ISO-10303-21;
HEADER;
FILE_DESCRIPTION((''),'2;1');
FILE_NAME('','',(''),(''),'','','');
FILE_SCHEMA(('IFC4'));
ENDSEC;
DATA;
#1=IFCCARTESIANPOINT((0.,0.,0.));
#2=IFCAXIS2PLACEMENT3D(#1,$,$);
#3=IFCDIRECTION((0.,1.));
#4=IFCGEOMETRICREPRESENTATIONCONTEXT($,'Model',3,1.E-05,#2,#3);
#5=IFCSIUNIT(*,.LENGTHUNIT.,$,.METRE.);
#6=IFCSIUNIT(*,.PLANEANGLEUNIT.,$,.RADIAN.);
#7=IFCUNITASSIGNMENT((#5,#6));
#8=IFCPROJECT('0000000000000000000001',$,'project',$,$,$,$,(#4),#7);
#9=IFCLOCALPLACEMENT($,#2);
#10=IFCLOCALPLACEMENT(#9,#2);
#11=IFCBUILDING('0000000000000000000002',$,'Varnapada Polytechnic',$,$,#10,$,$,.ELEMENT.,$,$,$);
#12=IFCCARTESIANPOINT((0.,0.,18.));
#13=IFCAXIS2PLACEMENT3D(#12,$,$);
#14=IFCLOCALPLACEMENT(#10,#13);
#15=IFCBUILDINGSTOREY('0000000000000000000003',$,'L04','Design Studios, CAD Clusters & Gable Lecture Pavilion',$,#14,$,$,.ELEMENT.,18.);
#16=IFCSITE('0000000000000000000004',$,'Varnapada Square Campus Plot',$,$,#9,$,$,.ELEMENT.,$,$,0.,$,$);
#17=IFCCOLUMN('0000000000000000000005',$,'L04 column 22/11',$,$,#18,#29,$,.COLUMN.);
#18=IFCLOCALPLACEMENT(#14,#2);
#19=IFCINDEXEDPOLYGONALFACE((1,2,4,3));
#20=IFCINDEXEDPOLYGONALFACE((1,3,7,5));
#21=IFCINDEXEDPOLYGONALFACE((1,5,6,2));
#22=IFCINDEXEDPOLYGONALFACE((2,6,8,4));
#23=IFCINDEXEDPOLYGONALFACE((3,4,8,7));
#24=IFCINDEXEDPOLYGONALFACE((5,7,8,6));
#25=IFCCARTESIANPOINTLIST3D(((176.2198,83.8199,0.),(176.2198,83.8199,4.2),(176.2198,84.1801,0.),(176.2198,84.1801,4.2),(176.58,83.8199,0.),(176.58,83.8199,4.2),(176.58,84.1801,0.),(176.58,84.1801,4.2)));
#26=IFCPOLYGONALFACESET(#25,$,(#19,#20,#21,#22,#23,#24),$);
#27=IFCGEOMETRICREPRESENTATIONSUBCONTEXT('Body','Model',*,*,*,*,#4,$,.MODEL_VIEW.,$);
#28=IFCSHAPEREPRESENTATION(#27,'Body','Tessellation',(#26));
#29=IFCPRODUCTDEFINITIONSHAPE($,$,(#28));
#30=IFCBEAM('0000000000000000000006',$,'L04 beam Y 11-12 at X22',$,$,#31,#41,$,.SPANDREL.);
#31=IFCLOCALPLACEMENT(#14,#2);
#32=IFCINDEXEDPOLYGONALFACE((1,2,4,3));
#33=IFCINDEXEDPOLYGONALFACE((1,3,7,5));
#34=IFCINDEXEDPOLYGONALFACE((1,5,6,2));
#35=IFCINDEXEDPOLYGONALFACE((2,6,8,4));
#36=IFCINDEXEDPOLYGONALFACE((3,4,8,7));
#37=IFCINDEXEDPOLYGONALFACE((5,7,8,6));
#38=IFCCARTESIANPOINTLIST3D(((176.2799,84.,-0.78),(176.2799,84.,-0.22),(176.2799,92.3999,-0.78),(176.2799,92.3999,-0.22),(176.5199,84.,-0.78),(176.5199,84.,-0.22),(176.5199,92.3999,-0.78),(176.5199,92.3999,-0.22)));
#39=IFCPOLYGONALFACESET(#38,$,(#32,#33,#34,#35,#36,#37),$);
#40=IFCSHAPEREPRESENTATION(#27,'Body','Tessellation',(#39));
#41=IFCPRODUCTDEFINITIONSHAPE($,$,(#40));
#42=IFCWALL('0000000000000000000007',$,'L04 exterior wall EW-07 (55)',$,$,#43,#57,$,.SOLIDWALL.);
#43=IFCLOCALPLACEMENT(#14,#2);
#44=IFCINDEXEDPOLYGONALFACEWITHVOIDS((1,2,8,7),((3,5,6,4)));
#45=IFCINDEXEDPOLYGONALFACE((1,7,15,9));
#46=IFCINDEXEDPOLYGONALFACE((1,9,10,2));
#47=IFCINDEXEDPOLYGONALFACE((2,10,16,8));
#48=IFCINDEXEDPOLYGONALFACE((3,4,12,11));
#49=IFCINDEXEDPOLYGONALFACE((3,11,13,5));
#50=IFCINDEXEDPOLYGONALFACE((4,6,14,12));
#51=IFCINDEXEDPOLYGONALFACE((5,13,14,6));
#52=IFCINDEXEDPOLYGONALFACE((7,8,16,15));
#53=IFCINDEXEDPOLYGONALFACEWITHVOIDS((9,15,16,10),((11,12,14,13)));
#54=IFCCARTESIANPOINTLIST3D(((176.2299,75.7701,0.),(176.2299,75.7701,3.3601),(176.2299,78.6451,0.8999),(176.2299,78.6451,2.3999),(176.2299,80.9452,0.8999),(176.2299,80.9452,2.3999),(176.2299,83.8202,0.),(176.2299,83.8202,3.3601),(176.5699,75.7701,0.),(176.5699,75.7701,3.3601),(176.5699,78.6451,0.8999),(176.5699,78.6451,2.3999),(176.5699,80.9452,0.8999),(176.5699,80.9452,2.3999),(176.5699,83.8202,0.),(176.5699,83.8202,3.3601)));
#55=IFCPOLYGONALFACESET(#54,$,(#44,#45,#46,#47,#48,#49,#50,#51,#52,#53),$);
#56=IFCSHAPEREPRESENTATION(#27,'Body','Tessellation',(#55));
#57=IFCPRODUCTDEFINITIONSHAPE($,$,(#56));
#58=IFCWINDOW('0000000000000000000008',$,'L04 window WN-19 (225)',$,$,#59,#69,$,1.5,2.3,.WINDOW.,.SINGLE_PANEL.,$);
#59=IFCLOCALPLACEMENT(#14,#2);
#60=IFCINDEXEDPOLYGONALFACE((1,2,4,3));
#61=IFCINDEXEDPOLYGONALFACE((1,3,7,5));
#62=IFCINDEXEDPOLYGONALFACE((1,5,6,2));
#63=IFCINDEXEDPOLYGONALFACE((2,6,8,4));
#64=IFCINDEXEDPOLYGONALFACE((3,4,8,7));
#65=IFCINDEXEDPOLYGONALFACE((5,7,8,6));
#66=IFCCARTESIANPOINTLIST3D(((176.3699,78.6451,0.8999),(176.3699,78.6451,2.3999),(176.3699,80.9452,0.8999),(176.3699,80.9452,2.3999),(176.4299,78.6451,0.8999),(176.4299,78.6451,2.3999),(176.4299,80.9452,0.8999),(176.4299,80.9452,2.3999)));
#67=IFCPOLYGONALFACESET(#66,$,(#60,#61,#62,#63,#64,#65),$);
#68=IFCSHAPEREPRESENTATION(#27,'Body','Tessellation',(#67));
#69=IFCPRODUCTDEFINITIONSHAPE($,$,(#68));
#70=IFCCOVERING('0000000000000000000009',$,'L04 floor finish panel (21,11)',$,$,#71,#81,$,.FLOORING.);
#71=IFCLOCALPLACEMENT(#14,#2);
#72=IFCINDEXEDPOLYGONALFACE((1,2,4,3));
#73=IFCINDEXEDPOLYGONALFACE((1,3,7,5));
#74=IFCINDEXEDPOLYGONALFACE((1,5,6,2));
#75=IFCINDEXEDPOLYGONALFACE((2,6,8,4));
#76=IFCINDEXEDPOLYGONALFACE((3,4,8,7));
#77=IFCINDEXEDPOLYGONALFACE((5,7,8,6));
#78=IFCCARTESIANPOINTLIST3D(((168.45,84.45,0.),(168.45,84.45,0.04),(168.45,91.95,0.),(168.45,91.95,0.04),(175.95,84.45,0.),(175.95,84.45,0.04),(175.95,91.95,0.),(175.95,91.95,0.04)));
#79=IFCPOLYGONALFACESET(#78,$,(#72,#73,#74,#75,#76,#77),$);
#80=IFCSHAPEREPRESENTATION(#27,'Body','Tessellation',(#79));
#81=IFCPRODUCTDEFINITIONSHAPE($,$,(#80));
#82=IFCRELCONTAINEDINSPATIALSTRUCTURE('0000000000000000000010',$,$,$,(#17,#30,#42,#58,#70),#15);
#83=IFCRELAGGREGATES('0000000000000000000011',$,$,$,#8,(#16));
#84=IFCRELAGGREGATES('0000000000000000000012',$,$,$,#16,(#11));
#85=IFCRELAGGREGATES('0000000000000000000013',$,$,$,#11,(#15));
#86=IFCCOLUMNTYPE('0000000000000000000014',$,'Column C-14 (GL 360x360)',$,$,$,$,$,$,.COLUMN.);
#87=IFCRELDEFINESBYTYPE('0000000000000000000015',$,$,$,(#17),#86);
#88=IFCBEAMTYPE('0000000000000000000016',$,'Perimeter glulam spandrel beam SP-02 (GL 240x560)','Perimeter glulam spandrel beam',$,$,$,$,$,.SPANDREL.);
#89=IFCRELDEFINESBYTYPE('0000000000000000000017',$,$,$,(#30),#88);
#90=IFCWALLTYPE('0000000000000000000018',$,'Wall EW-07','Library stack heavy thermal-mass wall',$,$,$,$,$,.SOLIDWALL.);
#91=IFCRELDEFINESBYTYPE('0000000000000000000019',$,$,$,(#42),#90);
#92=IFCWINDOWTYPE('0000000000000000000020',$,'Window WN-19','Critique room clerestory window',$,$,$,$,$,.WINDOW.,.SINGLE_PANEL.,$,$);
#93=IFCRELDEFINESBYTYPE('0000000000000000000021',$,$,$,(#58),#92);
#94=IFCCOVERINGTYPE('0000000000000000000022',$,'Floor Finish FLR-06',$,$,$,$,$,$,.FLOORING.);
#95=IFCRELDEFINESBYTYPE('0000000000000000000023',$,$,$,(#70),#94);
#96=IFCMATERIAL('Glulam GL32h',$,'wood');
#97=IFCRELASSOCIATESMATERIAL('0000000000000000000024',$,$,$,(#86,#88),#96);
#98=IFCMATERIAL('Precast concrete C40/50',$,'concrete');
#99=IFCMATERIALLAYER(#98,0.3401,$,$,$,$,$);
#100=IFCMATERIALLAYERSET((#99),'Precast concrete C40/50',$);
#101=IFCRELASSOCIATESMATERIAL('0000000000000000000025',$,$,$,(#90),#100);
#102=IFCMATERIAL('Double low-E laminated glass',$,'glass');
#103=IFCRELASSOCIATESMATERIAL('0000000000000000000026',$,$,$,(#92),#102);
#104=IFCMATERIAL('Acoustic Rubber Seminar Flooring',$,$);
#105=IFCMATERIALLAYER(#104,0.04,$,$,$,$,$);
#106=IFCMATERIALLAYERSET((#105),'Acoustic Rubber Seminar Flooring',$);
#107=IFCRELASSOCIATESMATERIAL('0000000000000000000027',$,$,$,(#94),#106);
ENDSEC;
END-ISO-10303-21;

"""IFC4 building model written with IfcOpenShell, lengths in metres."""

from ifc_helpers import new_model, si_unit, direction, frame, frame_2d, origin, origin_2d, place, context, subcontext, project, spatial, rectangle, extrude, material, layer, layer_set, material_profile, profile_set, type_object, element, fill, save


model = new_model("IFC4")

# Units and contexts
model_context = context("Model", 3, precision=1e-05, world=origin(), true_north=direction((0.0, 1.0)))
body_context = subcontext(model_context, "Body", "Model", "MODEL_VIEW")
ifc_project = project(units=[si_unit("LENGTHUNIT", "METRE"), si_unit("PLANEANGLEUNIT", "RADIAN")], contexts=[model_context])

# Site, building, storey
site_placement = place(None, origin())
site = spatial("IfcSite", under=ifc_project, at=site_placement, Name="Varnapada Square Campus Plot", CompositionType="ELEMENT", RefElevation=0.0)
building_placement = place(site_placement, origin())
building = spatial("IfcBuilding", under=site, at=building_placement, Name="Varnapada Polytechnic", CompositionType="ELEMENT")
storey_placement = place(building_placement, frame((0.0, 0.0, 18.0)))
storey = spatial("IfcBuildingStorey", under=building, at=storey_placement, Name="L04", Description="Design Studios, CAD Clusters & Gable Lecture Pavilion", CompositionType="ELEMENT", Elevation=18.0)

# Column
ifc_material_1 = material(Name="Glulam GL32h", Category="wood")
ifc_material_profile_1 = material_profile(ifc_material_1, rectangle(XDim=0.3601, YDim=0.3601, at=origin_2d()), Name="GL 360x360")
ifc_profile_set_1 = profile_set([ifc_material_profile_1], Name="Glulam GL32h")
column_type = type_object("IfcColumnType", Name="Column C-14 (GL 360x360)", PredefinedType="COLUMN", material=ifc_profile_set_1)
column_placement = place(storey_placement, frame((176.3999, 84.0, 0.0), z_axis=(0.0, 0.0, 1.0), x_axis=(1.0, 0.0, 0.0)))
element("IfcColumn", 1, at=column_placement, inside=storey, type_object=column_type, Name="L04 column 22/11", PredefinedType="COLUMN", context=body_context, shape_type="SweptSolid", body=[
    extrude(rectangle(XDim=0.3601, YDim=0.3601, at=origin_2d()), origin(), (0.0, 0.0, 1.0), 4.2),
])

# Beam
ifc_material_profile_2 = material_profile(ifc_material_1, rectangle(XDim=0.24, YDim=0.5601, at=origin_2d()), Name="GL 240x560")
ifc_profile_set_2 = profile_set([ifc_material_profile_2], Name="Glulam GL32h")
beam_type = type_object("IfcBeamType", Name="Perimeter glulam spandrel beam SP-02 (GL 240x560)", Description="Perimeter glulam spandrel beam", PredefinedType="SPANDREL", material=ifc_profile_set_2)
beam_placement = place(storey_placement, frame((176.3999, 84.0, -0.5), z_axis=(0.0, 1.0, 0.0), x_axis=(-1.0, 0.0, 0.0)))
element("IfcBeam", 2, at=beam_placement, inside=storey, type_object=beam_type, Name="L04 beam Y 11-12 at X22", PredefinedType="SPANDREL", context=body_context, shape_type="SweptSolid", body=[
    extrude(rectangle(XDim=0.24, YDim=0.5601, at=origin_2d()), origin(), (0.0, 0.0, 1.0), 8.3999),
])

# Wall, opening, window
ifc_material_2 = material(Name="Precast concrete C40/50", Category="concrete")
ifc_layer_1 = layer(ifc_material_2, 0.3401)
ifc_layer_set_1 = layer_set([ifc_layer_1], Name="Precast concrete C40/50")
wall_type = type_object("IfcWallType", Name="Wall EW-07", Description="Library stack heavy thermal-mass wall", PredefinedType="SOLIDWALL", material=ifc_layer_set_1)
wall_placement = place(storey_placement, frame((176.3999, 83.8201, 0.0), z_axis=(0.0, 0.0, 1.0), x_axis=(0.0, -1.0, 0.0)))
wall = element("IfcWall", 3, at=wall_placement, inside=storey, type_object=wall_type, Name="L04 exterior wall EW-07 (55)", PredefinedType="SOLIDWALL", context=body_context, shape_type="SweptSolid", body=[
    extrude(rectangle(XDim=8.05, YDim=0.3401, at=frame_2d((4.0249, 0.0))), origin(), (0.0, 0.0, 1.0), 3.3601),
])
opening_1_placement = place(wall_placement, frame((2.875, 0.0, 0.8999)))
opening_1 = element("IfcOpeningElement", 4, at=opening_1_placement, cuts=wall, PredefinedType="OPENING", context=body_context, shape_type="SweptSolid", body=[
    extrude(rectangle(XDim=2.3, YDim=1.5, at=frame_2d((1.1499, 0.75))), frame((0.0, 0.1799, 0.0), z_axis=(0.0, -1.0, 0.0), x_axis=(1.0, 0.0, 0.0)), (0.0, 0.0, 1.0), 0.3601),
])
ifc_material_3 = material(Name="Double low-E laminated glass", Category="glass")
window_type = type_object("IfcWindowType", Name="Window WN-19", Description="Critique room clerestory window", PartitioningType="SINGLE_PANEL", PredefinedType="WINDOW", material=ifc_material_3)
window_placement = place(opening_1_placement, origin())
window = element("IfcWindow", 5, at=window_placement, inside=storey, type_object=window_type, Name="L04 window WN-19 (225)", OverallHeight=1.5, OverallWidth=2.3, PartitioningType="SINGLE_PANEL", PredefinedType="WINDOW", context=body_context, shape_type="SweptSolid", body=[
    extrude(rectangle(XDim=2.3, YDim=1.5, at=frame_2d((1.1499, 0.75))), frame((0.0, 0.03, 0.0), z_axis=(0.0, -1.0, 0.0), x_axis=(1.0, 0.0, 0.0)), (0.0, 0.0, 1.0), 0.0601),
])
fill(opening_1, window)

# Covering
ifc_material_4 = material(Name="Acoustic Rubber Seminar Flooring")
ifc_layer_2 = layer(ifc_material_4, 0.04)
ifc_layer_set_2 = layer_set([ifc_layer_2], Name="Acoustic Rubber Seminar Flooring")
covering_type_1 = type_object("IfcCoveringType", Name="Floor Finish FLR-06", PredefinedType="FLOORING", material=ifc_layer_set_2)
covering_1_placement = place(storey_placement, frame((172.2, 88.2, 0.0), z_axis=(0.0, 0.0, 1.0), x_axis=(1.0, 0.0, 0.0)))
element("IfcCovering", 6, at=covering_1_placement, inside=storey, type_object=covering_type_1, Name="L04 floor finish panel (21,11)", PredefinedType="FLOORING", context=body_context, shape_type="SweptSolid", body=[
    extrude(rectangle(XDim=7.5, YDim=7.5, at=origin_2d()), origin(), (0.0, 0.0, 1.0), 0.04),
])

save(model, "model.ifc")
